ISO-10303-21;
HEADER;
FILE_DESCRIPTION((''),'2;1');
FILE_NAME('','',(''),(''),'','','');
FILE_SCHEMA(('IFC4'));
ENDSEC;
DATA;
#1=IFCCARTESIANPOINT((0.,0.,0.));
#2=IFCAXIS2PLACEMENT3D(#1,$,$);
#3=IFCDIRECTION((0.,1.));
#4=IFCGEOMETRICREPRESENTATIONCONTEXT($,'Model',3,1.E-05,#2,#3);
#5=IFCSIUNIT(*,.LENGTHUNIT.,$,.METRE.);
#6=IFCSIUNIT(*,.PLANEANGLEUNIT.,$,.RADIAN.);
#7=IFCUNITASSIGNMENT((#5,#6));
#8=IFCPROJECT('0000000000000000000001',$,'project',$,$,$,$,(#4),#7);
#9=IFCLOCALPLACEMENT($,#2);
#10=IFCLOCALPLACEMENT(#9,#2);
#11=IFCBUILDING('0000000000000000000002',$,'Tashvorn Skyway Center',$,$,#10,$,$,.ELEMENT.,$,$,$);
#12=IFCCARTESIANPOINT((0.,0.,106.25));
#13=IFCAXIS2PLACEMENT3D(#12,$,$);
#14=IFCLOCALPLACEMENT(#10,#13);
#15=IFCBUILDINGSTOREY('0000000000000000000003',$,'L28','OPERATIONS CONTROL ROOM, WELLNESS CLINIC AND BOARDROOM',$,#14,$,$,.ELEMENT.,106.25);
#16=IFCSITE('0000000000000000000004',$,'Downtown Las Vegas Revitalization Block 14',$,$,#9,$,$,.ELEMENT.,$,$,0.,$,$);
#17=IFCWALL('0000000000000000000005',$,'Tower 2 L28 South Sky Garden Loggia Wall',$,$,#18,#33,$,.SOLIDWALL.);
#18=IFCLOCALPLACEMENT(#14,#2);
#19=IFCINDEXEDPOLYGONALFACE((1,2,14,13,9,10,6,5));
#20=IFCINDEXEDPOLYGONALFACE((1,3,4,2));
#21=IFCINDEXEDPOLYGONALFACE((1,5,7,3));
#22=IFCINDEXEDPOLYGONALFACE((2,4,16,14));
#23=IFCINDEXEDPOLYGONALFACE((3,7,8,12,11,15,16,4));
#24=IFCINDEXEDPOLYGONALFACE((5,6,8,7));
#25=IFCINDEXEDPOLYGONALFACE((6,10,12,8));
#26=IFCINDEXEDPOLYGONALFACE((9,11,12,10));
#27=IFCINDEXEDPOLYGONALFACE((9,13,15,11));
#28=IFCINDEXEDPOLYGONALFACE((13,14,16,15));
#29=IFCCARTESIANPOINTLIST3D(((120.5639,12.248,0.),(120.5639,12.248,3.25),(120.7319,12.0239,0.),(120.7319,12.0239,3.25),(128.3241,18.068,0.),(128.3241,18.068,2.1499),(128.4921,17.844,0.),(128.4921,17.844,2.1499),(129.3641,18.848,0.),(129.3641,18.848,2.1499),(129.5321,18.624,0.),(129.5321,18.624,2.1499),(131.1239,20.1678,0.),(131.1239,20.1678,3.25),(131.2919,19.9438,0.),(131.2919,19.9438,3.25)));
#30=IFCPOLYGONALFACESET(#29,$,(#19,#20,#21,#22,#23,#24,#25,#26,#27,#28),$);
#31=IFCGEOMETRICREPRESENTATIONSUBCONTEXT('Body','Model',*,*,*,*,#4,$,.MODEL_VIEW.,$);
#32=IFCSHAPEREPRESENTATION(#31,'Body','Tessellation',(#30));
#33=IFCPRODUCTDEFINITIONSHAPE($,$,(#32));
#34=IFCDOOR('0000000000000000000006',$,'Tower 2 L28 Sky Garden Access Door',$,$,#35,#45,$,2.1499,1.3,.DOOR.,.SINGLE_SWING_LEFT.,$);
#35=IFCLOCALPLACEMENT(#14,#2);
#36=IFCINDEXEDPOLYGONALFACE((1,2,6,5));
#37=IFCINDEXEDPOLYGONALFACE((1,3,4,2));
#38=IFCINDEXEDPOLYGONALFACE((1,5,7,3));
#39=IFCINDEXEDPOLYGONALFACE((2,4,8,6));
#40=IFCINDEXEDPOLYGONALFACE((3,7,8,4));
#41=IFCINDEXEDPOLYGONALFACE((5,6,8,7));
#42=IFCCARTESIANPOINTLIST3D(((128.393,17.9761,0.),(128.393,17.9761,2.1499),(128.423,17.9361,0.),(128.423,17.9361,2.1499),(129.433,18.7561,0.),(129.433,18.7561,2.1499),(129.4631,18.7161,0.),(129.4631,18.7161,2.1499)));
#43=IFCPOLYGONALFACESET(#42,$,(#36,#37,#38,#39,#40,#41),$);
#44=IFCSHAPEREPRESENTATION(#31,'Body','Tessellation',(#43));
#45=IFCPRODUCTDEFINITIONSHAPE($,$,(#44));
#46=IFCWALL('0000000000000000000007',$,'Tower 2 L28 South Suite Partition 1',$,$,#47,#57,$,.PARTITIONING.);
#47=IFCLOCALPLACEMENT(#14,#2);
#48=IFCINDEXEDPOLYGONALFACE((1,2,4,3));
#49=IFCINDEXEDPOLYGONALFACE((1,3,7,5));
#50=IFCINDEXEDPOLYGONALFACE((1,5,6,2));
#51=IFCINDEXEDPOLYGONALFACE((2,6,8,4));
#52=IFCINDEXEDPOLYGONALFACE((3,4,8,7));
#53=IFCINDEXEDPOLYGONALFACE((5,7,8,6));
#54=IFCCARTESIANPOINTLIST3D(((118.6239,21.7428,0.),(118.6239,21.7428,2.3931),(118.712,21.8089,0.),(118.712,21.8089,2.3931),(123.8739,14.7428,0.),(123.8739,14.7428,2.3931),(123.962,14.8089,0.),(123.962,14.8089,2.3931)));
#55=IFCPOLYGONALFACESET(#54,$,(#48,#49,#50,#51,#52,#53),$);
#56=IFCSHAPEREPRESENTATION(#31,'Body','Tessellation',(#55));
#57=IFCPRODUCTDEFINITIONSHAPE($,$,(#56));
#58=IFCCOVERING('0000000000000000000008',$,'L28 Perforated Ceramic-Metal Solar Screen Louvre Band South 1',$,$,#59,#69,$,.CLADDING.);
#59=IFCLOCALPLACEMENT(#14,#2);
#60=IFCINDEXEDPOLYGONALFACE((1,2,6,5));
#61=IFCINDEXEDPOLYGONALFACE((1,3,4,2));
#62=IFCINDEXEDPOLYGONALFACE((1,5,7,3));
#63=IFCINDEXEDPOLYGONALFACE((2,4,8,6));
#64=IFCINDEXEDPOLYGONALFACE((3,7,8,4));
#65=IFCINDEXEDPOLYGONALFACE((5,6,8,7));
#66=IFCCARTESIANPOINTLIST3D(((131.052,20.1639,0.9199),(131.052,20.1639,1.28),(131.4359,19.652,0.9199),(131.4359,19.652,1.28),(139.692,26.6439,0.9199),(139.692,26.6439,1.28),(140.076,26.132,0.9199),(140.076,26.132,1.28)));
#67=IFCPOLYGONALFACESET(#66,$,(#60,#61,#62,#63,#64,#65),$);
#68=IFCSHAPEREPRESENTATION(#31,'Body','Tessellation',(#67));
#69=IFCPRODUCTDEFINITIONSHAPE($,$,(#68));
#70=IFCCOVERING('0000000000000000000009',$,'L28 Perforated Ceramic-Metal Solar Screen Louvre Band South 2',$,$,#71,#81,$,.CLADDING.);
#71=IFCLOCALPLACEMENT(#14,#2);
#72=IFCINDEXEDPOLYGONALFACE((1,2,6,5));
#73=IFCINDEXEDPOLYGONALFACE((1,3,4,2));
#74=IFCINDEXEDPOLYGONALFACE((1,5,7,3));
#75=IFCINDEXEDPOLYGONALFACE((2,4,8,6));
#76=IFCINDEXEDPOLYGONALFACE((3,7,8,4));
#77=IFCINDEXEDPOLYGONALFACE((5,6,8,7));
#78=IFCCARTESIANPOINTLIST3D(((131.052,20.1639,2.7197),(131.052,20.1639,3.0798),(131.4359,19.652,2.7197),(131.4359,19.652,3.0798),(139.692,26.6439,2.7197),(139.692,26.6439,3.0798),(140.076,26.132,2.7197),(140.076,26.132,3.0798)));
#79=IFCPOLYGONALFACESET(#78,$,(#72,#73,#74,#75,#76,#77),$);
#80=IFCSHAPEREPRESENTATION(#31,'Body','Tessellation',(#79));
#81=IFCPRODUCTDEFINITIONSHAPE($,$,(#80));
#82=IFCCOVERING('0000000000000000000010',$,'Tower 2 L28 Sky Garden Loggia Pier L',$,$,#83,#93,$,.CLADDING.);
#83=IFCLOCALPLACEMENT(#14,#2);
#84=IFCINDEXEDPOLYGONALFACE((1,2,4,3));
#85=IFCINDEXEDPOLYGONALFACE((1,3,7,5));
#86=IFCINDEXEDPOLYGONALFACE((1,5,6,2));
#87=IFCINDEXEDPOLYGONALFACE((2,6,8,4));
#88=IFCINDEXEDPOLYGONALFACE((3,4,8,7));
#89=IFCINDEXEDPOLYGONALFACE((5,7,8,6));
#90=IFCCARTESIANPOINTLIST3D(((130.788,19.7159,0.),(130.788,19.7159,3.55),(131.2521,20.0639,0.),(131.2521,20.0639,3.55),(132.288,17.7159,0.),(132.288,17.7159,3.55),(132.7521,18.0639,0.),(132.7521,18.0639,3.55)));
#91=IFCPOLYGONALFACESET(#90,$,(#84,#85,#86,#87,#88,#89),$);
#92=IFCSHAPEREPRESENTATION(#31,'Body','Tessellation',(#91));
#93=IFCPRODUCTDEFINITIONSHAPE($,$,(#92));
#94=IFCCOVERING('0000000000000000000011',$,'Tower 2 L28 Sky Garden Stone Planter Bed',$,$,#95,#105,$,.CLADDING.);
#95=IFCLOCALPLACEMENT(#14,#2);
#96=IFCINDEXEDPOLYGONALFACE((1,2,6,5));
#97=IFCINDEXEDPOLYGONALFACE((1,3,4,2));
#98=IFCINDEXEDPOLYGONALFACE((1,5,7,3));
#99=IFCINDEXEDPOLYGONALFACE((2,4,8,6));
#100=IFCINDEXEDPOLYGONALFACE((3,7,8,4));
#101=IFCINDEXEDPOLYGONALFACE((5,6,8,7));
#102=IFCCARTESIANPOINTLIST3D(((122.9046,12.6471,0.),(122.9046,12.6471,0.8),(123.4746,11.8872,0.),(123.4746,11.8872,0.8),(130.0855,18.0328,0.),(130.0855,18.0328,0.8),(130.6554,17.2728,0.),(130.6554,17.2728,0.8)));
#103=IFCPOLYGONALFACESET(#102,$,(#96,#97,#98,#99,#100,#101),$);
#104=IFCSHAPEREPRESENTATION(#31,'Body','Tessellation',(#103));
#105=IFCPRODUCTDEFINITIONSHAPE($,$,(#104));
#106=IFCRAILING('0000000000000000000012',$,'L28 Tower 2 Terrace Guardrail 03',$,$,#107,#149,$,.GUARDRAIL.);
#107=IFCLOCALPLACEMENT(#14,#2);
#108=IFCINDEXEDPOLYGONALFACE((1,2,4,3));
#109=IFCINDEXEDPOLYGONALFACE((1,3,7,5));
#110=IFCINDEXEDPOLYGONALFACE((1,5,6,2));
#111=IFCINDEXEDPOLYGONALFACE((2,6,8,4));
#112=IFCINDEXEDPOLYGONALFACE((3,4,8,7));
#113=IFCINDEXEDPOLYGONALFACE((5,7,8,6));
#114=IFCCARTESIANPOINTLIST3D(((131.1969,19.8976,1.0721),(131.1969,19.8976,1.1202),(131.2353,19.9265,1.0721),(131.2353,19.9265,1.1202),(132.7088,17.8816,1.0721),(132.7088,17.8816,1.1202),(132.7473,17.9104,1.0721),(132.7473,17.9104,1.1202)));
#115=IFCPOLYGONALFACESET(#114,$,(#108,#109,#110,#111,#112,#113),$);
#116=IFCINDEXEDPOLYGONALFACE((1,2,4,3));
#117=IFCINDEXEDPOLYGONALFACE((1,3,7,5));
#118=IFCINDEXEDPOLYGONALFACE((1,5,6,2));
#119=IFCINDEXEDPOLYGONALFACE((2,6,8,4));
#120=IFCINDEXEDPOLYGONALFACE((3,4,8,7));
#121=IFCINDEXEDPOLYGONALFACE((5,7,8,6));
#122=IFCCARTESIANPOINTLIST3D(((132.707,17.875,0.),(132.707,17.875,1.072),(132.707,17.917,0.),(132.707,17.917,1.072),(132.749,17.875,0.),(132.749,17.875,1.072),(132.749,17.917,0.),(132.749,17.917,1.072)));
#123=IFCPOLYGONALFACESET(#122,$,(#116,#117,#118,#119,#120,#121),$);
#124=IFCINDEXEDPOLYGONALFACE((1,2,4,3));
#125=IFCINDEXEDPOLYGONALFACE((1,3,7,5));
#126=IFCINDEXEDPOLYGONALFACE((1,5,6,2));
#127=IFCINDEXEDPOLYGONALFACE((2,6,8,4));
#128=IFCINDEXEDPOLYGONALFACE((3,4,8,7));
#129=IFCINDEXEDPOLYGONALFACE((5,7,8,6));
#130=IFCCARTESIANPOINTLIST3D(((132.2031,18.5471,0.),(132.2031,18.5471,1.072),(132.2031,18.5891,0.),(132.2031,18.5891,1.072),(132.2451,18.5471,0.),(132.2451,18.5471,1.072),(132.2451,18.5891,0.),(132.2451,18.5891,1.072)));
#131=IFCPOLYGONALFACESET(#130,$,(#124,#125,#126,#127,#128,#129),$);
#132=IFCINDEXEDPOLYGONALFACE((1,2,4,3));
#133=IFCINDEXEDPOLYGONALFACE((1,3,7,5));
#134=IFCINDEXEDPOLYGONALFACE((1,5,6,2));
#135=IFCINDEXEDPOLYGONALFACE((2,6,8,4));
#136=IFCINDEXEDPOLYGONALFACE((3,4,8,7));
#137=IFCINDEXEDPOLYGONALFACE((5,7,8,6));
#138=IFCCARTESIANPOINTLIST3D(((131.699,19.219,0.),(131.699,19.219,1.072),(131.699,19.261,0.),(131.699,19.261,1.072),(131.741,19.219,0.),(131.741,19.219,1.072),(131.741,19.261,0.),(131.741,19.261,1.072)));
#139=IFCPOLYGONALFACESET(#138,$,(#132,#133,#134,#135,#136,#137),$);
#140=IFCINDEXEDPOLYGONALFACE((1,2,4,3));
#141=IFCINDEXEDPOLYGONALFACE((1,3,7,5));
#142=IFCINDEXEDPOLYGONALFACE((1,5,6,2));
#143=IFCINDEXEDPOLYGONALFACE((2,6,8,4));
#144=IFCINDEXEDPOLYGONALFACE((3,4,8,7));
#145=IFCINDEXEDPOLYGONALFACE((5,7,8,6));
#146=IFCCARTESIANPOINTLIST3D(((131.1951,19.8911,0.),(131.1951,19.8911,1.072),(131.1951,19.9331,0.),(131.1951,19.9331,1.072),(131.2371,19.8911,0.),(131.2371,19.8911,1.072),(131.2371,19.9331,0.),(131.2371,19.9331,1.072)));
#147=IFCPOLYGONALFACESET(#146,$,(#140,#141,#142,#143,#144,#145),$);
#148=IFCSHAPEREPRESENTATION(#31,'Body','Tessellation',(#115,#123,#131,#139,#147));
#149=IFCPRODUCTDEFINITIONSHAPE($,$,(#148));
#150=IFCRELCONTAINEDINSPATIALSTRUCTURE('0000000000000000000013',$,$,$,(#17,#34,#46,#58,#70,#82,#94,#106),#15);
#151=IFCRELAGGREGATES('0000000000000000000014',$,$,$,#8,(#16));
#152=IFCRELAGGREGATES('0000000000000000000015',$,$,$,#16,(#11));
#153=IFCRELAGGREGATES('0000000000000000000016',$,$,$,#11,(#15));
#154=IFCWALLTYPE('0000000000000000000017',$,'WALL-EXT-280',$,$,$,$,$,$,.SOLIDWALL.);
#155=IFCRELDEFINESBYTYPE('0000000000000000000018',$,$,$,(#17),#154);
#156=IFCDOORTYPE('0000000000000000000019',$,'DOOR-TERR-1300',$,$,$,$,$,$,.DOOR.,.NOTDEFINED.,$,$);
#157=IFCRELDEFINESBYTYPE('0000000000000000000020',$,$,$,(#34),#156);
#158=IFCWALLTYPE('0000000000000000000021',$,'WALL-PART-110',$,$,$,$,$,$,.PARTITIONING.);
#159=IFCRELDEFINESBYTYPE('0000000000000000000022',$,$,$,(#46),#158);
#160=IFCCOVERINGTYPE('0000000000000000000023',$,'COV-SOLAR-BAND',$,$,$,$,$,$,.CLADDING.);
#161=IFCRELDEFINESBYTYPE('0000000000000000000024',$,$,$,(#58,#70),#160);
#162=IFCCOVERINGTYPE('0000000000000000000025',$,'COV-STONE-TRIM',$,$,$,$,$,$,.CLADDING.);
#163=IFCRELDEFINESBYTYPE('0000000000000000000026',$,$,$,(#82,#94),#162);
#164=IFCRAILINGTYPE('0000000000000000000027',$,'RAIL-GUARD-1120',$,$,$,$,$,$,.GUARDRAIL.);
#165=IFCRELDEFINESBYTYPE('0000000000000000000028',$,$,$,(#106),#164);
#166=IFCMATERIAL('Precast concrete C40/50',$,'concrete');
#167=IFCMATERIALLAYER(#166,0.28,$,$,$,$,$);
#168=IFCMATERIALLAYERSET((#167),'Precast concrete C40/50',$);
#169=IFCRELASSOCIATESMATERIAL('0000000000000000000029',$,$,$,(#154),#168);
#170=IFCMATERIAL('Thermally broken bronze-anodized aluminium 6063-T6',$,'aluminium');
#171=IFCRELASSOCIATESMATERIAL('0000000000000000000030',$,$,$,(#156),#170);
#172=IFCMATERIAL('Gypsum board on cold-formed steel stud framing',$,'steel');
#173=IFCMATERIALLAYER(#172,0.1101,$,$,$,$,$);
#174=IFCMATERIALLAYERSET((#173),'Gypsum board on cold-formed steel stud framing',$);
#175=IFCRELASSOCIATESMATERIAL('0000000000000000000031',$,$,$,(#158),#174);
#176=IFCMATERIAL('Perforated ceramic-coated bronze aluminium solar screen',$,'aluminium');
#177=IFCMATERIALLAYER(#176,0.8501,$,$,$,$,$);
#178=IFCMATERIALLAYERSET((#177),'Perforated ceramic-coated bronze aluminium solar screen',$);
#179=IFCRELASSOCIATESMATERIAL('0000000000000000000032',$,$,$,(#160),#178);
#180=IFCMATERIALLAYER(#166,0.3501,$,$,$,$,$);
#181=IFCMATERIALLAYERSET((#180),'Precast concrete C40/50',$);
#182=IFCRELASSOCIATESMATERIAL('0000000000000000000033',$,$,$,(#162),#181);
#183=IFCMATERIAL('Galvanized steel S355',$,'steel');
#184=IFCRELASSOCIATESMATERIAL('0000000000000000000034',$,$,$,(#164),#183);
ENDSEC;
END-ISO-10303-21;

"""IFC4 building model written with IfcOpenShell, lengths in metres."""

from ifc_helpers import new_model, si_unit, direction, frame, frame_2d, origin, origin_2d, place, context, subcontext, project, spatial, rectangle, extrude, material, layer, layer_set, type_object, element, fill, save


model = new_model("IFC4")

# Units and contexts
model_context = context("Model", 3, precision=1e-05, world=origin(), true_north=direction((0.0, 1.0)))
body_context = subcontext(model_context, "Body", "Model", "MODEL_VIEW")
ifc_project = project(units=[si_unit("LENGTHUNIT", "METRE"), si_unit("PLANEANGLEUNIT", "RADIAN")], contexts=[model_context])

# Site, building, storey
site_placement = place(None, origin())
site = spatial("IfcSite", under=ifc_project, at=site_placement, Name="Downtown Las Vegas Revitalization Block 14", CompositionType="ELEMENT", RefElevation=0.0)
building_placement = place(site_placement, origin())
building = spatial("IfcBuilding", under=site, at=building_placement, Name="Tashvorn Skyway Center", CompositionType="ELEMENT")
storey_placement = place(building_placement, frame((0.0, 0.0, 106.25)))
storey = spatial("IfcBuildingStorey", under=building, at=storey_placement, Name="L28", Description="OPERATIONS CONTROL ROOM, WELLNESS CLINIC AND BOARDROOM", CompositionType="ELEMENT", Elevation=106.25)

# Shared definitions
ifc_material_1 = material(Name="Thermally broken bronze-anodized aluminium 6063-T6", Category="aluminium")

# Wall, opening, door
ifc_material_2 = material(Name="Precast concrete C40/50", Category="concrete")
ifc_layer_1 = layer(ifc_material_2, 0.28)
ifc_layer_set_1 = layer_set([ifc_layer_1], Name="Precast concrete C40/50")
wall_type_1 = type_object("IfcWallType", Name="WALL-EXT-280", PredefinedType="SOLIDWALL", material=ifc_layer_set_1)
wall_1_placement = place(storey_placement, frame((131.208, 20.0559, 0.0), z_axis=(0.0, 0.0, 1.0), x_axis=(-0.800004, -0.599994, 0.0)))
wall_1 = element("IfcWall", 1, at=wall_1_placement, inside=storey, type_object=wall_type_1, Name="Tower 2 L28 South Sky Garden Loggia Wall", PredefinedType="SOLIDWALL", context=body_context, shape_type="SweptSolid", body=[
    extrude(rectangle(XDim=13.2, YDim=0.28, at=frame_2d((6.6001, 0.0))), origin(), (0.0, 0.0, 1.0), 3.25),
])
opening_placement = place(wall_1_placement, frame((2.2, 0.0, 0.0)))
opening = element("IfcOpeningElement", 2, at=opening_placement, cuts=wall_1, PredefinedType="OPENING", context=body_context, shape_type="SweptSolid", body=[
    extrude(rectangle(XDim=1.3, YDim=2.1499, at=frame_2d((0.6499, 1.075))), frame((0.0, 0.1499, 0.0), z_axis=(0.0, -1.0, 0.0), x_axis=(1.0, 0.0, 0.0)), (0.0, 0.0, 1.0), 0.3),
])
door_type = type_object("IfcDoorType", Name="DOOR-TERR-1300", OperationType="NOTDEFINED", PredefinedType="DOOR", material=ifc_material_1)
door_placement = place(opening_placement, origin())
door = element("IfcDoor", 3, at=door_placement, inside=storey, type_object=door_type, Name="Tower 2 L28 Sky Garden Access Door", OperationType="SINGLE_SWING_LEFT", OverallHeight=2.1499, OverallWidth=1.3, PredefinedType="DOOR", context=body_context, shape_type="SweptSolid", body=[
    extrude(rectangle(XDim=1.3, YDim=2.1499, at=frame_2d((0.6499, 1.075))), frame((0.0, 0.0249, 0.0), z_axis=(0.0, -1.0, 0.0), x_axis=(1.0, 0.0, 0.0)), (0.0, 0.0, 1.0), 0.05),
])
fill(opening, door)

# Wall
ifc_material_3 = material(Name="Gypsum board on cold-formed steel stud framing", Category="steel")
ifc_layer_2 = layer(ifc_material_3, 0.1101)
ifc_layer_set_2 = layer_set([ifc_layer_2], Name="Gypsum board on cold-formed steel stud framing")
wall_type_2 = type_object("IfcWallType", Name="WALL-PART-110", PredefinedType="PARTITIONING", material=ifc_layer_set_2)
wall_2_placement = place(storey_placement, frame((123.918, 14.7759, 0.0), z_axis=(0.0, 0.0, 1.0), x_axis=(-0.6, 0.8, 0.0)))
element("IfcWall", 4, at=wall_2_placement, inside=storey, type_object=wall_type_2, Name="Tower 2 L28 South Suite Partition 1", PredefinedType="PARTITIONING", context=body_context, shape_type="SweptSolid", body=[
    extrude(rectangle(XDim=8.75, YDim=0.1101, at=frame_2d((4.375, 0.0))), origin(), (0.0, 0.0, 1.0), 2.3931),
])

# Coverings
ifc_material_4 = material(Name="Perforated ceramic-coated bronze aluminium solar screen", Category="aluminium")
ifc_layer_3 = layer(ifc_material_4, 0.8501)
ifc_layer_set_3 = layer_set([ifc_layer_3], Name="Perforated ceramic-coated bronze aluminium solar screen")
covering_type_1 = type_object("IfcCoveringType", Name="COV-SOLAR-BAND", PredefinedType="CLADDING", material=ifc_layer_set_3)
for number, where, z_axis, x_axis, name in (
    (5, (135.564, 23.1479, 0.9199), (0.0, 0.0, 1.0), (-0.8, -0.6, 0.0), "L28 Perforated Ceramic-Metal Solar Screen Louvre Band South 1"),
    (6, (135.564, 23.1479, 2.7197), (0.0, 0.0, 1.0), (-0.8, -0.6, 0.0), "L28 Perforated Ceramic-Metal Solar Screen Louvre Band South 2"),
):
    element("IfcCovering", number, at=place(storey_placement, frame(where, z_axis=z_axis, x_axis=x_axis)), inside=storey, type_object=covering_type_1, Name=name, PredefinedType="CLADDING", context=body_context, shape_type="SweptSolid", body=[
        extrude(rectangle(XDim=10.8, YDim=0.6399, at=origin_2d()), origin(), (0.0, 0.0, 1.0), 0.3601),
    ])
ifc_layer_4 = layer(ifc_material_2, 0.3501)
ifc_layer_set_4 = layer_set([ifc_layer_4], Name="Precast concrete C40/50")
covering_type_2 = type_object("IfcCoveringType", Name="COV-STONE-TRIM", PredefinedType="CLADDING", material=ifc_layer_set_4)
covering_1_placement = place(storey_placement, frame((131.77, 18.8899, 0.0), z_axis=(0.0, 0.0, 1.0), x_axis=(-0.8, -0.6, 0.0)))
element("IfcCovering", 7, at=covering_1_placement, inside=storey, type_object=covering_type_2, Name="Tower 2 L28 Sky Garden Loggia Pier L", PredefinedType="CLADDING", context=body_context, shape_type="SweptSolid", body=[
    extrude(rectangle(XDim=0.5801, YDim=2.5, at=origin_2d()), origin(), (0.0, 0.0, 1.0), 3.55),
])
covering_2_placement = place(storey_placement, frame((126.78, 14.96, 0.0), z_axis=(0.0, 0.0, 1.0), x_axis=(-0.8, -0.6, 0.0)))
element("IfcCovering", 8, at=covering_2_placement, inside=storey, type_object=covering_type_2, Name="Tower 2 L28 Sky Garden Stone Planter Bed", PredefinedType="CLADDING", context=body_context, shape_type="SweptSolid", body=[
    extrude(rectangle(XDim=8.9761, YDim=0.95, at=origin_2d()), origin(), (0.0, 0.0, 1.0), 0.8),
])

# Railing
ifc_material_5 = material(Name="Galvanized steel S355", Category="steel")
railing_type = type_object("IfcRailingType", Name="RAIL-GUARD-1120", PredefinedType="GUARDRAIL", material=ifc_material_5)
railing_placement = place(storey_placement, frame((132.728, 17.896, 0.0)))
element("IfcRailing", 9, at=railing_placement, inside=storey, type_object=railing_type, Name="L28 Tower 2 Terrace Guardrail 03", PredefinedType="GUARDRAIL", context=body_context, shape_type="SweptSolid", body=[
    extrude(rectangle(XDim=0.0481, YDim=0.0481, at=origin_2d()), frame((0.0, 0.0, 1.0962), z_axis=(-0.599969, 0.800023, 0.0), x_axis=(-0.800023, -0.599969, 0.0)), (0.0, 0.0, 1.0), 2.52),
    extrude(rectangle(XDim=0.042, YDim=0.042, at=origin_2d()), origin(), (0.0, 0.0, 1.0), 1.072),
    extrude(rectangle(XDim=0.042, YDim=0.042, at=origin_2d()), frame((-0.5039, 0.6721, 0.0)), (0.0, 0.0, 1.0), 1.072),
    extrude(rectangle(XDim=0.042, YDim=0.042, at=origin_2d()), frame((-1.0081, 1.344, 0.0)), (0.0, 0.0, 1.0), 1.072),
    extrude(rectangle(XDim=0.042, YDim=0.042, at=origin_2d()), frame((-1.512, 2.0161, 0.0)), (0.0, 0.0, 1.0), 1.072),
])

save(model, "model.ifc")
